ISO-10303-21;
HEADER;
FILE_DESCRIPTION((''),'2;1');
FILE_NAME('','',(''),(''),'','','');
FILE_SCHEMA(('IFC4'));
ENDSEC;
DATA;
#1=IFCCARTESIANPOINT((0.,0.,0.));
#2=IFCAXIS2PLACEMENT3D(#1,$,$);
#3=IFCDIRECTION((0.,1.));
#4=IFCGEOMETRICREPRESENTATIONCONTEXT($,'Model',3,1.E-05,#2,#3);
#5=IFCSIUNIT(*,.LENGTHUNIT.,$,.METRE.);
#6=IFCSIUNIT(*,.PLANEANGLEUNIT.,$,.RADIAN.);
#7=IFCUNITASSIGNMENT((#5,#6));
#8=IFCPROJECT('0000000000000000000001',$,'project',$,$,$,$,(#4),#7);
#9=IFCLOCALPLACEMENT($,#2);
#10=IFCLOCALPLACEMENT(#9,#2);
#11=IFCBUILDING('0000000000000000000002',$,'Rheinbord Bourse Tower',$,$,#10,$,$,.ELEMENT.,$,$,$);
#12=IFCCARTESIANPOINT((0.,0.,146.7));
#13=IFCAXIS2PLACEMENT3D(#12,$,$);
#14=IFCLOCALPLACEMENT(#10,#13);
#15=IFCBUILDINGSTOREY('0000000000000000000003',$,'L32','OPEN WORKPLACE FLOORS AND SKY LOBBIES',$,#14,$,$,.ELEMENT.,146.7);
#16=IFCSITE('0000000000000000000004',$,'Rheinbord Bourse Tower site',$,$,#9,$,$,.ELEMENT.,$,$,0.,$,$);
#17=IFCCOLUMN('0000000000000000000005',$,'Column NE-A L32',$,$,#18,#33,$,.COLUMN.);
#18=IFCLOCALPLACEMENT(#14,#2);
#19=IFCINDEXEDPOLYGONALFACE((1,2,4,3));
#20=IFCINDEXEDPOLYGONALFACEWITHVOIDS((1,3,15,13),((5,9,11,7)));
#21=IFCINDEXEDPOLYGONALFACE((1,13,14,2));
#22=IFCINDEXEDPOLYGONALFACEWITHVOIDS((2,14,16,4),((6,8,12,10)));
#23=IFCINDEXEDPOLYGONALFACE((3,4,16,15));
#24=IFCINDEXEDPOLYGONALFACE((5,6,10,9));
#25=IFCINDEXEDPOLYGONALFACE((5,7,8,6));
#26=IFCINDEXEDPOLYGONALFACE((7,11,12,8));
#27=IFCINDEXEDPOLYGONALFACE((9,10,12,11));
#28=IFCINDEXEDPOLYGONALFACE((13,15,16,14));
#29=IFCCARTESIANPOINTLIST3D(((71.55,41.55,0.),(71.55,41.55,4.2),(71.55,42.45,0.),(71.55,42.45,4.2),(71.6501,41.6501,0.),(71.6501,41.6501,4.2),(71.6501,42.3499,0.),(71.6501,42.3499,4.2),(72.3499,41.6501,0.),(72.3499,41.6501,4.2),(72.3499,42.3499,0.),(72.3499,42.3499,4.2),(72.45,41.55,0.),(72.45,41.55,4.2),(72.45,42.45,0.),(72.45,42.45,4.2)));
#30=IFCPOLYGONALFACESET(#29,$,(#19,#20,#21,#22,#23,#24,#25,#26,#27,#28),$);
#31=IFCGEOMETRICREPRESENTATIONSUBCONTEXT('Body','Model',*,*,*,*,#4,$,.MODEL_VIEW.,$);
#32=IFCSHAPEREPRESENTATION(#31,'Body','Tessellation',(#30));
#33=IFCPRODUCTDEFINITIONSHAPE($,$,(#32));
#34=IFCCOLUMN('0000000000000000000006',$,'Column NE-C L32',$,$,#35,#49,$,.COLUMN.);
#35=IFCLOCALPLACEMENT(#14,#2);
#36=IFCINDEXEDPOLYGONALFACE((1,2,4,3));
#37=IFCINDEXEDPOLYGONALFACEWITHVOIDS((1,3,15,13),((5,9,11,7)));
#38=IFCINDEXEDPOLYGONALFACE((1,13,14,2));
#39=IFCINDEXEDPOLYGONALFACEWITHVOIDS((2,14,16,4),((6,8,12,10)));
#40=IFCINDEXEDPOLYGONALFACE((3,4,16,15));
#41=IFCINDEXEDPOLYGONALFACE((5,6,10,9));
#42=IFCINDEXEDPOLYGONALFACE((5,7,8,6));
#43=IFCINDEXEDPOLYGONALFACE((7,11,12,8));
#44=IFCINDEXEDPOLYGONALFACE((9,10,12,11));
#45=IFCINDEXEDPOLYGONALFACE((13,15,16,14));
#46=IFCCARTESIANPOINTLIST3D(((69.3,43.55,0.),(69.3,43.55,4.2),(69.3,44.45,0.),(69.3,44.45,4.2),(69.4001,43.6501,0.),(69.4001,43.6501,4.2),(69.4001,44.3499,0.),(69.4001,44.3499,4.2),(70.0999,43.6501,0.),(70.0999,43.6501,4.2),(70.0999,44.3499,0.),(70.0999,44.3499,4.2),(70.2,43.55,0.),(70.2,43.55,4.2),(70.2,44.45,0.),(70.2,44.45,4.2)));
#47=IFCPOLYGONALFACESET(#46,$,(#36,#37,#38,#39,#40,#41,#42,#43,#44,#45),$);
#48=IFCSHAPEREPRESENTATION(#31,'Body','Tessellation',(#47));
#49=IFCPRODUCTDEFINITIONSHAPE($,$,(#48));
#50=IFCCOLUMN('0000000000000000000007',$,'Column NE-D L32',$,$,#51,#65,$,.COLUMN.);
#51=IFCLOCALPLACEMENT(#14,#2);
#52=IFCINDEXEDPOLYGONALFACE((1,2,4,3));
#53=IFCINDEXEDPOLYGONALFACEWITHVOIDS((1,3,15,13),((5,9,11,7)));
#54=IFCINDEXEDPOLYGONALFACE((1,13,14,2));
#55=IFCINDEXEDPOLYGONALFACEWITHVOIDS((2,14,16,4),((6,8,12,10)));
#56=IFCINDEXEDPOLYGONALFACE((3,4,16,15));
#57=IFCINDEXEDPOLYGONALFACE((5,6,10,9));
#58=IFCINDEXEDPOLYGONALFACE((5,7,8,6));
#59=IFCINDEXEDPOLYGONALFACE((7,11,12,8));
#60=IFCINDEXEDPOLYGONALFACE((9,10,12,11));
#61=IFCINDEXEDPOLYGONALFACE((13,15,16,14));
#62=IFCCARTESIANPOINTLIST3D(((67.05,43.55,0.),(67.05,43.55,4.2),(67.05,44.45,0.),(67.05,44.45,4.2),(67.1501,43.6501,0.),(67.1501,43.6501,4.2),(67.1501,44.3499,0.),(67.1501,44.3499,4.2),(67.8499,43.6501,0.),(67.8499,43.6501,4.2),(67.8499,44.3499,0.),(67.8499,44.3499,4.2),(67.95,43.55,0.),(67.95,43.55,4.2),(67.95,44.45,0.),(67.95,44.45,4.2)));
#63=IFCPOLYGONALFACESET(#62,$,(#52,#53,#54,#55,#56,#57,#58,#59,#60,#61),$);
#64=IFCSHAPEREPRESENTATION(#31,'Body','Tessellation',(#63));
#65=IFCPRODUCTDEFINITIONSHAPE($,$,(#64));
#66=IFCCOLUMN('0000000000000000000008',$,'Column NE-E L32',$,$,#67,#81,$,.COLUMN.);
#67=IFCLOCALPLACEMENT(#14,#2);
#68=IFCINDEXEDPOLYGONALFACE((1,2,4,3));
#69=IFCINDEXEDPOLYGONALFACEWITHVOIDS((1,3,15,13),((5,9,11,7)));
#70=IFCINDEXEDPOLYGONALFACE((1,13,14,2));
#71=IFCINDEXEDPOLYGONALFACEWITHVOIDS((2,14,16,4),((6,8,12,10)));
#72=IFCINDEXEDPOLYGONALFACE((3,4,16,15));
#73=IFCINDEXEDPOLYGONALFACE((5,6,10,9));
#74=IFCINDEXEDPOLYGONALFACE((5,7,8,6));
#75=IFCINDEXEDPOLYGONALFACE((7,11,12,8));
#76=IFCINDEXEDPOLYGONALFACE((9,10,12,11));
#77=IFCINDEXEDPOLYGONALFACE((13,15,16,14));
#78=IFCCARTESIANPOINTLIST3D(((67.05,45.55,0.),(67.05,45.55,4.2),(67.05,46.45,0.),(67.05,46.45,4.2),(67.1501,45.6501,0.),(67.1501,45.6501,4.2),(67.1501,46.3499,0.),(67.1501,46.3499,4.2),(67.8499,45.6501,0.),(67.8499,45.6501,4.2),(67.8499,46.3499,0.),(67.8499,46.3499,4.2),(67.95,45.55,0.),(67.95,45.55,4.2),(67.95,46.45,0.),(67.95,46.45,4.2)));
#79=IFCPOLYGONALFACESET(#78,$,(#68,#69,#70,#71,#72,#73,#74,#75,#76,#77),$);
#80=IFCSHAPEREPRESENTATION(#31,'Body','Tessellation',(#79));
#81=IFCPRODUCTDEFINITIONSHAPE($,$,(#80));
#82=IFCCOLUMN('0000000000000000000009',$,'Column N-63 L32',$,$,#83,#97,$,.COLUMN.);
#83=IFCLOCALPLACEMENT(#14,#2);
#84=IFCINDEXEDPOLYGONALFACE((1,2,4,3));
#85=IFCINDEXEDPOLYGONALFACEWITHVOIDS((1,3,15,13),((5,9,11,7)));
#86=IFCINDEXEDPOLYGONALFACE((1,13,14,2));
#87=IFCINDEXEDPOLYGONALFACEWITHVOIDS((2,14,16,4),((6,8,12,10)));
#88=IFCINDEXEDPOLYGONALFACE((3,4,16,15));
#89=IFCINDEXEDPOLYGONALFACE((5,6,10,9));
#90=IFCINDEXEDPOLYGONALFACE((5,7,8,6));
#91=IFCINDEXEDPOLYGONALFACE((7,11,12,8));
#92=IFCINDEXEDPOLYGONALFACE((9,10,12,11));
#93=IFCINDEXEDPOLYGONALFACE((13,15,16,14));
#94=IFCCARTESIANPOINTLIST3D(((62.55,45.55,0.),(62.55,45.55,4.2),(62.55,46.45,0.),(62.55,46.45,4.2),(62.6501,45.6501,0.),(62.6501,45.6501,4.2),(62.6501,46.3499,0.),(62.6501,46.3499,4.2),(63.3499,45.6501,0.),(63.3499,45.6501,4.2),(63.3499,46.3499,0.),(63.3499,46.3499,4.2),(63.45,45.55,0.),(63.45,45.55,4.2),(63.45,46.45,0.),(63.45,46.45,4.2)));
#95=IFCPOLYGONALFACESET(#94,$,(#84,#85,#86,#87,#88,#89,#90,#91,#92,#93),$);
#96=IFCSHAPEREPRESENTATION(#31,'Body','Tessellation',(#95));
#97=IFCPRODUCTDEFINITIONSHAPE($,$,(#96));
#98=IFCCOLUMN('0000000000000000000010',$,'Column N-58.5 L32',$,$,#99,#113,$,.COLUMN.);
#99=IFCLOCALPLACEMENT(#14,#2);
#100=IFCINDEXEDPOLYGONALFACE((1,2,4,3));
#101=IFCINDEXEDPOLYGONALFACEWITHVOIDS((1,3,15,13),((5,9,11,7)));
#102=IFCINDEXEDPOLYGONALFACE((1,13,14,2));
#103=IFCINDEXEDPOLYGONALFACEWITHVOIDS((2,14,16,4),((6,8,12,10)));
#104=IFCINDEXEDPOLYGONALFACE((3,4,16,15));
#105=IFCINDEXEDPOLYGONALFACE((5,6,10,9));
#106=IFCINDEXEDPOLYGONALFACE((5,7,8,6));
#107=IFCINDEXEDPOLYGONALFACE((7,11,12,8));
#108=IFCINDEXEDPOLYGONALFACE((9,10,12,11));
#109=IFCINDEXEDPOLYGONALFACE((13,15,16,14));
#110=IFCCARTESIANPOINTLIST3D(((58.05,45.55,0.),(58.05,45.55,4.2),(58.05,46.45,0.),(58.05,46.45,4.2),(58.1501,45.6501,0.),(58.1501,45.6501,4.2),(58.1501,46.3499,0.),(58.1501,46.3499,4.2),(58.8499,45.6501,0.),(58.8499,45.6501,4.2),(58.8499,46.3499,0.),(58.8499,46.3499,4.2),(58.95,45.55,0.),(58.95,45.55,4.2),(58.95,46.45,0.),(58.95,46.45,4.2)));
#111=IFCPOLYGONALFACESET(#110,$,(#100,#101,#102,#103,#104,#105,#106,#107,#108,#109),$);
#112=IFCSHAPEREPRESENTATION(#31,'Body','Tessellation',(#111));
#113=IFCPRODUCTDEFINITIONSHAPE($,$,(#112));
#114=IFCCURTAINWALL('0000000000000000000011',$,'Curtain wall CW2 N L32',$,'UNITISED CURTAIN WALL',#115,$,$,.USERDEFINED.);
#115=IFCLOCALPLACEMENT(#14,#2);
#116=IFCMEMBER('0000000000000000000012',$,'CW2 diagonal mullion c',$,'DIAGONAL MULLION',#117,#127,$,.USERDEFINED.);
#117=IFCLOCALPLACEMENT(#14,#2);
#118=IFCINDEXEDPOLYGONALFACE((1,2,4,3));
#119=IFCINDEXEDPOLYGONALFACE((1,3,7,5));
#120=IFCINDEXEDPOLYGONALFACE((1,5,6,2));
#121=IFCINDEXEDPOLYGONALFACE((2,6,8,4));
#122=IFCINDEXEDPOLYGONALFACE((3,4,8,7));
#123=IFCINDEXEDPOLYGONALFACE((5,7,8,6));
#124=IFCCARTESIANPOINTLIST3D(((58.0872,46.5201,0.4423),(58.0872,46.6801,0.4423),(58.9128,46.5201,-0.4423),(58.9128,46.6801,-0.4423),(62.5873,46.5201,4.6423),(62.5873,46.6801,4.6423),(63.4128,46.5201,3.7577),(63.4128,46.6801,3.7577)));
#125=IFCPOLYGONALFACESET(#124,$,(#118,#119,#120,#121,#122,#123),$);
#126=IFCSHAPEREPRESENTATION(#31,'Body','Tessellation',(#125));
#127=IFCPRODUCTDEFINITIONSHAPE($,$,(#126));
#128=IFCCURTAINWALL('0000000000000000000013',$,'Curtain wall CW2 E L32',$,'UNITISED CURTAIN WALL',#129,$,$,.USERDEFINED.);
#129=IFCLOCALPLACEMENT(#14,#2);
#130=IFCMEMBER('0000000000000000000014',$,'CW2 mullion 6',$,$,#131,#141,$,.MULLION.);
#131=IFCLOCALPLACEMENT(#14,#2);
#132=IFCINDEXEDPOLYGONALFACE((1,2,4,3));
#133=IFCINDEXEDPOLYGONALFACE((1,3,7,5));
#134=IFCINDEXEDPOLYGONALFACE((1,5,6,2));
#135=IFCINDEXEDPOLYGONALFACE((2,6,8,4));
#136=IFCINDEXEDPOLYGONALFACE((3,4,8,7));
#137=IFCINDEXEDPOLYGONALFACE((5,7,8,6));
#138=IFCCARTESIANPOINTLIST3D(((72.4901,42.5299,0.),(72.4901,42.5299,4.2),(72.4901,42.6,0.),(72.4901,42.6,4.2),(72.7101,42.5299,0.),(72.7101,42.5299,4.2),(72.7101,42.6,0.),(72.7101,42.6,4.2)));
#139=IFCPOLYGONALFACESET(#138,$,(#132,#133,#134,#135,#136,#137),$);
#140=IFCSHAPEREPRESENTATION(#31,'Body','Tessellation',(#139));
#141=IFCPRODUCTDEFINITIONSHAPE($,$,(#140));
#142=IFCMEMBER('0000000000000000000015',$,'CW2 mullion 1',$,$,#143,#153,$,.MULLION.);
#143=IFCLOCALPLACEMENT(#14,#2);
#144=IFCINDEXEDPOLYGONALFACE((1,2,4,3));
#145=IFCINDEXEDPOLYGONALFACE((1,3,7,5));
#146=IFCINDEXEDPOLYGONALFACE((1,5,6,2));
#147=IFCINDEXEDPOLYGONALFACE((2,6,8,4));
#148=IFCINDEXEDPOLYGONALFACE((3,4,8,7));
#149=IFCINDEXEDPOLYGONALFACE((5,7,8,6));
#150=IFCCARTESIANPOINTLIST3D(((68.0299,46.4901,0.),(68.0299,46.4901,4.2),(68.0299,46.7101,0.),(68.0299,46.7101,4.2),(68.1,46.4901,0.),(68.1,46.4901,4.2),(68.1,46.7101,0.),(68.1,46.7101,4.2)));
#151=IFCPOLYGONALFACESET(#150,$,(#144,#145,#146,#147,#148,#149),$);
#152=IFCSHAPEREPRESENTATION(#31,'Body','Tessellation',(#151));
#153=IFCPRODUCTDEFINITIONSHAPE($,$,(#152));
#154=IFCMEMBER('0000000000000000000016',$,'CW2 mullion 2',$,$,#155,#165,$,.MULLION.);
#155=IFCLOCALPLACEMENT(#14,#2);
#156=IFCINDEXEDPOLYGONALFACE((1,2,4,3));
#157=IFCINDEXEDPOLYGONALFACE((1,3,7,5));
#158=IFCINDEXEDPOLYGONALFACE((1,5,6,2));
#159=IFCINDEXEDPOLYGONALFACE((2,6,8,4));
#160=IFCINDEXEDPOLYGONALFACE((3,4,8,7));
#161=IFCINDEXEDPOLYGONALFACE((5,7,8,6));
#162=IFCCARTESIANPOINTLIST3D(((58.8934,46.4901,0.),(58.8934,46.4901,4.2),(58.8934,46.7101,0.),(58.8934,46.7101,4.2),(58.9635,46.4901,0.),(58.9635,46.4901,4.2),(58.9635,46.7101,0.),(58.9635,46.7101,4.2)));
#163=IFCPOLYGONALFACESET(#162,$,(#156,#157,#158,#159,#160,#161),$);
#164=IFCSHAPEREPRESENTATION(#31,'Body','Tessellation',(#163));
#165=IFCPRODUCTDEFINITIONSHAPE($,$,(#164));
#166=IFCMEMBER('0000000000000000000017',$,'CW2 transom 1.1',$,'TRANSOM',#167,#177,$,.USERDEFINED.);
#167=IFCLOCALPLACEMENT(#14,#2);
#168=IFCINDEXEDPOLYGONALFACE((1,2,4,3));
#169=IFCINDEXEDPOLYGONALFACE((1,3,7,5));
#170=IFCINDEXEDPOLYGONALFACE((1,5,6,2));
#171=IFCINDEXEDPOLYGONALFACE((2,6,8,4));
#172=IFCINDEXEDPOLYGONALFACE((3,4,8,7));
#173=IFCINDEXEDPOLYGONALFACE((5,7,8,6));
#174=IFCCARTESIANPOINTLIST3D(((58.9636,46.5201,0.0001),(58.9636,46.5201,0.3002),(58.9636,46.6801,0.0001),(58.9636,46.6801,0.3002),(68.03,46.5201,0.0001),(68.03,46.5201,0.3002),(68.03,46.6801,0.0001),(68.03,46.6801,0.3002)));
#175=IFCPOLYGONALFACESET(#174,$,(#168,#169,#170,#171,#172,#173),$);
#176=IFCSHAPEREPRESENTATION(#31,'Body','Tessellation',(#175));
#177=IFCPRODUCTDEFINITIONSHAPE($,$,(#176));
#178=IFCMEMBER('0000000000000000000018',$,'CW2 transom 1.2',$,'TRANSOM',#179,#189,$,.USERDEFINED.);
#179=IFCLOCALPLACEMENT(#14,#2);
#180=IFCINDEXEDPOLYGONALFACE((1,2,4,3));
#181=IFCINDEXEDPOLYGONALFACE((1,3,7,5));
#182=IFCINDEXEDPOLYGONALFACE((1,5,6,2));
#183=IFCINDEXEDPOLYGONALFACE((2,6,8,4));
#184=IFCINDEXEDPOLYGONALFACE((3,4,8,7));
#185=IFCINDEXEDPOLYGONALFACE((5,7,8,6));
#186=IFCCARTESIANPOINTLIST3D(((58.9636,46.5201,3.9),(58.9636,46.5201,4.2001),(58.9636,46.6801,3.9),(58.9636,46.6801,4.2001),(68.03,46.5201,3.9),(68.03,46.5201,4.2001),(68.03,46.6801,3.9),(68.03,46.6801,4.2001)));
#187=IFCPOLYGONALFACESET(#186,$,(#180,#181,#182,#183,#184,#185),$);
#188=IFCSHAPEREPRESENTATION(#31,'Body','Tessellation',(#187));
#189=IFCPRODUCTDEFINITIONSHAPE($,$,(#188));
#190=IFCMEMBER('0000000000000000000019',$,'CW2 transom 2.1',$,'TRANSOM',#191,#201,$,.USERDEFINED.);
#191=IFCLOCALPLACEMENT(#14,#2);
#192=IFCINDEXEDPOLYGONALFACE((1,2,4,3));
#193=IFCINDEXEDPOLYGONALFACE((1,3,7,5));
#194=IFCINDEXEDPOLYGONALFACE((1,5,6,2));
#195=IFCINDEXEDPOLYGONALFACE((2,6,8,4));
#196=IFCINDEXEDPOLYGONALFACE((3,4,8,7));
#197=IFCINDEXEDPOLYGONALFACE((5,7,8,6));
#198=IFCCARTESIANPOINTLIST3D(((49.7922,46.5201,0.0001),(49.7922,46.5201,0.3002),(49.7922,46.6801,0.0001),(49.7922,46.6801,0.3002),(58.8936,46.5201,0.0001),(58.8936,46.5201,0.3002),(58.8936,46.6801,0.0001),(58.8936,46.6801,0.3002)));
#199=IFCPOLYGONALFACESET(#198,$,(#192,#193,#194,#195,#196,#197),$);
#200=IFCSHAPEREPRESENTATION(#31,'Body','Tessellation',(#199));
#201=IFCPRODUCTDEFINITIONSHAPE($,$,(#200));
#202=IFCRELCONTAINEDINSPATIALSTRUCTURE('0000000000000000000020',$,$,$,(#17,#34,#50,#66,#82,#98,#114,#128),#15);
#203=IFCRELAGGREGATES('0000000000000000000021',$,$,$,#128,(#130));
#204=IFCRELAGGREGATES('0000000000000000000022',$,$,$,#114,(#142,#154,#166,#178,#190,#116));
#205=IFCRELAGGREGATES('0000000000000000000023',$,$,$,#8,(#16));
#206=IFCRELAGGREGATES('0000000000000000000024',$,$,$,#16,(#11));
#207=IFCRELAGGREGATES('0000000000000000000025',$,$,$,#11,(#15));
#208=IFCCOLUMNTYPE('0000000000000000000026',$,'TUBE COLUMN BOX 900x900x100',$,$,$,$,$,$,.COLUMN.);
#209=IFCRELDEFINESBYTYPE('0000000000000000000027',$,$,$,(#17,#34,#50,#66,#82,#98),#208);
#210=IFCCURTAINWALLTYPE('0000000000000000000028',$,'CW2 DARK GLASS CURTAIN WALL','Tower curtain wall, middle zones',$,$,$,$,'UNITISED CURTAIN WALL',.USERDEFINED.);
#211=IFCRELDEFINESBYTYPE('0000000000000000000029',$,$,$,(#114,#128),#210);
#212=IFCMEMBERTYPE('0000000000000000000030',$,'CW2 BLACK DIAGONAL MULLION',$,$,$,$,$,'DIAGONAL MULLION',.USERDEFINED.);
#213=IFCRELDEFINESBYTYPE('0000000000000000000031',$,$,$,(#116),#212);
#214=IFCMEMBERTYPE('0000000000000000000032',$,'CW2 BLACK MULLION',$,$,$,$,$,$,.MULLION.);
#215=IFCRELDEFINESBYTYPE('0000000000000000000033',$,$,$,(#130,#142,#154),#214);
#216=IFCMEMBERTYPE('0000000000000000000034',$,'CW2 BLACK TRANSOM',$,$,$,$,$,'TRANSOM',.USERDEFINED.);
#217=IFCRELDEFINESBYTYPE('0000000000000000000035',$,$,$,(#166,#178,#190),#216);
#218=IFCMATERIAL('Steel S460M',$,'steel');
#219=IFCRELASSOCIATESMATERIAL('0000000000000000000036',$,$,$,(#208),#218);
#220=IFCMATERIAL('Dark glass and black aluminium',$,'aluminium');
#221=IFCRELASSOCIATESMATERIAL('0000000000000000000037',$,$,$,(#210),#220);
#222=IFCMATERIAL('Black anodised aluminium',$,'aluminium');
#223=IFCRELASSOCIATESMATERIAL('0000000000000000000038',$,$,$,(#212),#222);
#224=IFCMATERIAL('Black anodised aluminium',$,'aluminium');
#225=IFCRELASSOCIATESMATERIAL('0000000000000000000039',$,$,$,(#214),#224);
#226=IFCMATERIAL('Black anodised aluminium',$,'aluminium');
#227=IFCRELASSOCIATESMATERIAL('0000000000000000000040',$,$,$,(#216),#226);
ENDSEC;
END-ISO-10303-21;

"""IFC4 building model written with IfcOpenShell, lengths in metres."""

from ifc_helpers import new_model, si_unit, direction, frame, origin, origin_2d, place, context, subcontext, project, spatial, rectangle, hollow_rectangle, extrude, material, material_profile, profile_set, type_object, element, aggregate, save


model = new_model("IFC4")

# Units and contexts
model_context = context("Model", 3, precision=1e-05, world=origin(), true_north=direction((0.0, 1.0)))
body_context = subcontext(model_context, "Body", "Model", "MODEL_VIEW")
ifc_project = project(units=[si_unit("LENGTHUNIT", "METRE"), si_unit("PLANEANGLEUNIT", "RADIAN")], contexts=[model_context])

# Site, building, storey
site_placement = place(None, origin())
site = spatial("IfcSite", under=ifc_project, at=site_placement, Name="Rheinbord Bourse Tower site", CompositionType="ELEMENT", RefElevation=0.0)
building_placement = place(site_placement, origin())
building = spatial("IfcBuilding", under=site, at=building_placement, Name="Rheinbord Bourse Tower", CompositionType="ELEMENT")
storey_placement = place(building_placement, frame((0.0, 0.0, 146.7)))
storey = spatial("IfcBuildingStorey", under=building, at=storey_placement, Name="L32", Description="OPEN WORKPLACE FLOORS AND SKY LOBBIES", CompositionType="ELEMENT", Elevation=146.7)

# Columns
ifc_material_1 = material(Name="Steel S460M", Category="steel")
ifc_material_profile_1 = material_profile(ifc_material_1, hollow_rectangle(XDim=0.8999, YDim=0.8999, WallThickness=0.1001, at=origin_2d()), Name="BOX 900x900x100")
ifc_profile_set_1 = profile_set([ifc_material_profile_1], Name="Steel S460M")
column_type = type_object("IfcColumnType", Name="TUBE COLUMN BOX 900x900x100", PredefinedType="COLUMN", material=ifc_profile_set_1)
for number, where, z_axis, x_axis, name in (
    (1, (72.0, 42.0, 0.0), (0.0, 0.0, 1.0), (1.0, 0.0, 0.0), "Column NE-A L32"),
    (2, (69.75, 44.0, 0.0), (0.0, 0.0, 1.0), (1.0, 0.0, 0.0), "Column NE-C L32"),
    (3, (67.5, 44.0, 0.0), (0.0, 0.0, 1.0), (0.0, 1.0, 0.0), "Column NE-D L32"),
    (4, (67.5, 46.0, 0.0), (0.0, 0.0, 1.0), (0.0, 1.0, 0.0), "Column NE-E L32"),
    (5, (63.0, 46.0, 0.0), (0.0, 0.0, 1.0), (0.0, 1.0, 0.0), "Column N-63 L32"),
    (6, (58.5, 46.0, 0.0), (0.0, 0.0, 1.0), (0.0, 1.0, 0.0), "Column N-58.5 L32"),
):
    element("IfcColumn", number, at=place(storey_placement, frame(where, z_axis=z_axis, x_axis=x_axis)), inside=storey, type_object=column_type, Name=name, PredefinedType="COLUMN", context=body_context, shape_type="SweptSolid", body=[
        extrude(hollow_rectangle(XDim=0.8999, YDim=0.8999, WallThickness=0.1001, at=origin_2d()), origin(), (0.0, 0.0, 1.0), 4.2),
    ])

# Curtain walls, members
ifc_material_2 = material(Name="Dark glass and black aluminium", Category="aluminium")
curtain_wall_type = type_object("IfcCurtainWallType", Name="CW2 DARK GLASS CURTAIN WALL", Description="Tower curtain wall, middle zones", ElementType="UNITISED CURTAIN WALL", PredefinedType="USERDEFINED", material=ifc_material_2)
curtain_wall_1_placement = place(storey_placement, origin())
curtain_wall_1 = element("IfcCurtainWall", 7, at=curtain_wall_1_placement, inside=storey, type_object=curtain_wall_type, Name="Curtain wall CW2 N L32", ObjectType="UNITISED CURTAIN WALL", PredefinedType="USERDEFINED")
ifc_material_3 = material(Name="Black anodised aluminium", Category="aluminium")
ifc_material_profile_2 = material_profile(ifc_material_3, rectangle(XDim=0.1599, YDim=1.21, at=origin_2d()), Name="CW2 DIAGONAL MULLION 1210x160")
ifc_profile_set_2 = profile_set([ifc_material_profile_2], Name="Black anodised aluminium")
member_type_1 = type_object("IfcMemberType", Name="CW2 BLACK DIAGONAL MULLION", ElementType="DIAGONAL MULLION", PredefinedType="USERDEFINED", material=ifc_profile_set_2)
member_1_placement = place(storey_placement, frame((58.5, 46.6001, 0.0), z_axis=(0.731059, 0.0, 0.682314), x_axis=(0.0, 1.0, 0.0)))
member_1 = element("IfcMember", 8, at=member_1_placement, type_object=member_type_1, Name="CW2 diagonal mullion c", ObjectType="DIAGONAL MULLION", PredefinedType="USERDEFINED", context=body_context, shape_type="SweptSolid", body=[
    extrude(rectangle(XDim=0.1599, YDim=1.21, at=origin_2d()), origin(), (0.0, 0.0, 1.0), 6.1555),
])
curtain_wall_2_placement = place(storey_placement, origin())
curtain_wall_2 = element("IfcCurtainWall", 9, at=curtain_wall_2_placement, inside=storey, type_object=curtain_wall_type, Name="Curtain wall CW2 E L32", ObjectType="UNITISED CURTAIN WALL", PredefinedType="USERDEFINED")
ifc_material_4 = material(Name="Black anodised aluminium", Category="aluminium")
ifc_material_profile_3 = material_profile(ifc_material_4, rectangle(XDim=0.22, YDim=0.0701, at=origin_2d()), Name="CW2 MULLION 70x220")
ifc_profile_set_3 = profile_set([ifc_material_profile_3], Name="Black anodised aluminium")
member_type_2 = type_object("IfcMemberType", Name="CW2 BLACK MULLION", PredefinedType="MULLION", material=ifc_profile_set_3)
member_2_placement = place(storey_placement, frame((72.6001, 42.5649, 0.0), z_axis=(0.0, 0.0, 1.0), x_axis=(-1.0, 0.0, 0.0)))
member_2 = element("IfcMember", 10, at=member_2_placement, type_object=member_type_2, Name="CW2 mullion 6", PredefinedType="MULLION", context=body_context, shape_type="SweptSolid", body=[
    extrude(rectangle(XDim=0.22, YDim=0.0701, at=origin_2d()), origin(), (0.0, 0.0, 1.0), 4.2),
])
aggregate(curtain_wall_2, [member_2])

# Members
member_3_placement = place(storey_placement, frame((68.0649, 46.6001, 0.0), z_axis=(0.0, 0.0, 1.0), x_axis=(0.0, -1.0, 0.0)))
member_3 = element("IfcMember", 11, at=member_3_placement, type_object=member_type_2, Name="CW2 mullion 1", PredefinedType="MULLION", context=body_context, shape_type="SweptSolid", body=[
    extrude(rectangle(XDim=0.22, YDim=0.0701, at=origin_2d()), origin(), (0.0, 0.0, 1.0), 4.2),
])
member_4_placement = place(storey_placement, frame((58.9285, 46.6001, 0.0), z_axis=(0.0, 0.0, 1.0), x_axis=(0.0, -1.0, 0.0)))
member_4 = element("IfcMember", 12, at=member_4_placement, type_object=member_type_2, Name="CW2 mullion 2", PredefinedType="MULLION", context=body_context, shape_type="SweptSolid", body=[
    extrude(rectangle(XDim=0.22, YDim=0.0701, at=origin_2d()), origin(), (0.0, 0.0, 1.0), 4.2),
])
ifc_material_5 = material(Name="Black anodised aluminium", Category="aluminium")
ifc_material_profile_4 = material_profile(ifc_material_5, rectangle(XDim=0.1599, YDim=0.3, at=origin_2d()), Name="CW2 TRANSOM 300x160")
ifc_profile_set_4 = profile_set([ifc_material_profile_4], Name="Black anodised aluminium")
member_type_3 = type_object("IfcMemberType", Name="CW2 BLACK TRANSOM", ElementType="TRANSOM", PredefinedType="USERDEFINED", material=ifc_profile_set_4)
member_5_placement = place(storey_placement, frame((68.03, 46.6001, 0.1501), z_axis=(-1.0, 0.0, 0.0), x_axis=(0.0, -1.0, 0.0)))
member_5 = element("IfcMember", 13, at=member_5_placement, type_object=member_type_3, Name="CW2 transom 1.1", ObjectType="TRANSOM", PredefinedType="USERDEFINED", context=body_context, shape_type="SweptSolid", body=[
    extrude(rectangle(XDim=0.1599, YDim=0.3, at=origin_2d()), origin(), (0.0, 0.0, 1.0), 9.0664),
])
member_6_placement = place(storey_placement, frame((68.03, 46.6001, 4.05), z_axis=(-1.0, 0.0, 0.0), x_axis=(0.0, -1.0, 0.0)))
member_6 = element("IfcMember", 14, at=member_6_placement, type_object=member_type_3, Name="CW2 transom 1.2", ObjectType="TRANSOM", PredefinedType="USERDEFINED", context=body_context, shape_type="SweptSolid", body=[
    extrude(rectangle(XDim=0.1599, YDim=0.3, at=origin_2d()), origin(), (0.0, 0.0, 1.0), 9.0664),
])
member_7_placement = place(storey_placement, frame((58.8936, 46.6001, 0.1501), z_axis=(-1.0, 0.0, 0.0), x_axis=(0.0, -1.0, 0.0)))
member_7 = element("IfcMember", 15, at=member_7_placement, type_object=member_type_3, Name="CW2 transom 2.1", ObjectType="TRANSOM", PredefinedType="USERDEFINED", context=body_context, shape_type="SweptSolid", body=[
    extrude(rectangle(XDim=0.1599, YDim=0.3, at=origin_2d()), origin(), (0.0, 0.0, 1.0), 9.1013),
])

aggregate(curtain_wall_1, [member_3, member_4, member_5, member_6, member_7, member_1])

save(model, "model.ifc")
